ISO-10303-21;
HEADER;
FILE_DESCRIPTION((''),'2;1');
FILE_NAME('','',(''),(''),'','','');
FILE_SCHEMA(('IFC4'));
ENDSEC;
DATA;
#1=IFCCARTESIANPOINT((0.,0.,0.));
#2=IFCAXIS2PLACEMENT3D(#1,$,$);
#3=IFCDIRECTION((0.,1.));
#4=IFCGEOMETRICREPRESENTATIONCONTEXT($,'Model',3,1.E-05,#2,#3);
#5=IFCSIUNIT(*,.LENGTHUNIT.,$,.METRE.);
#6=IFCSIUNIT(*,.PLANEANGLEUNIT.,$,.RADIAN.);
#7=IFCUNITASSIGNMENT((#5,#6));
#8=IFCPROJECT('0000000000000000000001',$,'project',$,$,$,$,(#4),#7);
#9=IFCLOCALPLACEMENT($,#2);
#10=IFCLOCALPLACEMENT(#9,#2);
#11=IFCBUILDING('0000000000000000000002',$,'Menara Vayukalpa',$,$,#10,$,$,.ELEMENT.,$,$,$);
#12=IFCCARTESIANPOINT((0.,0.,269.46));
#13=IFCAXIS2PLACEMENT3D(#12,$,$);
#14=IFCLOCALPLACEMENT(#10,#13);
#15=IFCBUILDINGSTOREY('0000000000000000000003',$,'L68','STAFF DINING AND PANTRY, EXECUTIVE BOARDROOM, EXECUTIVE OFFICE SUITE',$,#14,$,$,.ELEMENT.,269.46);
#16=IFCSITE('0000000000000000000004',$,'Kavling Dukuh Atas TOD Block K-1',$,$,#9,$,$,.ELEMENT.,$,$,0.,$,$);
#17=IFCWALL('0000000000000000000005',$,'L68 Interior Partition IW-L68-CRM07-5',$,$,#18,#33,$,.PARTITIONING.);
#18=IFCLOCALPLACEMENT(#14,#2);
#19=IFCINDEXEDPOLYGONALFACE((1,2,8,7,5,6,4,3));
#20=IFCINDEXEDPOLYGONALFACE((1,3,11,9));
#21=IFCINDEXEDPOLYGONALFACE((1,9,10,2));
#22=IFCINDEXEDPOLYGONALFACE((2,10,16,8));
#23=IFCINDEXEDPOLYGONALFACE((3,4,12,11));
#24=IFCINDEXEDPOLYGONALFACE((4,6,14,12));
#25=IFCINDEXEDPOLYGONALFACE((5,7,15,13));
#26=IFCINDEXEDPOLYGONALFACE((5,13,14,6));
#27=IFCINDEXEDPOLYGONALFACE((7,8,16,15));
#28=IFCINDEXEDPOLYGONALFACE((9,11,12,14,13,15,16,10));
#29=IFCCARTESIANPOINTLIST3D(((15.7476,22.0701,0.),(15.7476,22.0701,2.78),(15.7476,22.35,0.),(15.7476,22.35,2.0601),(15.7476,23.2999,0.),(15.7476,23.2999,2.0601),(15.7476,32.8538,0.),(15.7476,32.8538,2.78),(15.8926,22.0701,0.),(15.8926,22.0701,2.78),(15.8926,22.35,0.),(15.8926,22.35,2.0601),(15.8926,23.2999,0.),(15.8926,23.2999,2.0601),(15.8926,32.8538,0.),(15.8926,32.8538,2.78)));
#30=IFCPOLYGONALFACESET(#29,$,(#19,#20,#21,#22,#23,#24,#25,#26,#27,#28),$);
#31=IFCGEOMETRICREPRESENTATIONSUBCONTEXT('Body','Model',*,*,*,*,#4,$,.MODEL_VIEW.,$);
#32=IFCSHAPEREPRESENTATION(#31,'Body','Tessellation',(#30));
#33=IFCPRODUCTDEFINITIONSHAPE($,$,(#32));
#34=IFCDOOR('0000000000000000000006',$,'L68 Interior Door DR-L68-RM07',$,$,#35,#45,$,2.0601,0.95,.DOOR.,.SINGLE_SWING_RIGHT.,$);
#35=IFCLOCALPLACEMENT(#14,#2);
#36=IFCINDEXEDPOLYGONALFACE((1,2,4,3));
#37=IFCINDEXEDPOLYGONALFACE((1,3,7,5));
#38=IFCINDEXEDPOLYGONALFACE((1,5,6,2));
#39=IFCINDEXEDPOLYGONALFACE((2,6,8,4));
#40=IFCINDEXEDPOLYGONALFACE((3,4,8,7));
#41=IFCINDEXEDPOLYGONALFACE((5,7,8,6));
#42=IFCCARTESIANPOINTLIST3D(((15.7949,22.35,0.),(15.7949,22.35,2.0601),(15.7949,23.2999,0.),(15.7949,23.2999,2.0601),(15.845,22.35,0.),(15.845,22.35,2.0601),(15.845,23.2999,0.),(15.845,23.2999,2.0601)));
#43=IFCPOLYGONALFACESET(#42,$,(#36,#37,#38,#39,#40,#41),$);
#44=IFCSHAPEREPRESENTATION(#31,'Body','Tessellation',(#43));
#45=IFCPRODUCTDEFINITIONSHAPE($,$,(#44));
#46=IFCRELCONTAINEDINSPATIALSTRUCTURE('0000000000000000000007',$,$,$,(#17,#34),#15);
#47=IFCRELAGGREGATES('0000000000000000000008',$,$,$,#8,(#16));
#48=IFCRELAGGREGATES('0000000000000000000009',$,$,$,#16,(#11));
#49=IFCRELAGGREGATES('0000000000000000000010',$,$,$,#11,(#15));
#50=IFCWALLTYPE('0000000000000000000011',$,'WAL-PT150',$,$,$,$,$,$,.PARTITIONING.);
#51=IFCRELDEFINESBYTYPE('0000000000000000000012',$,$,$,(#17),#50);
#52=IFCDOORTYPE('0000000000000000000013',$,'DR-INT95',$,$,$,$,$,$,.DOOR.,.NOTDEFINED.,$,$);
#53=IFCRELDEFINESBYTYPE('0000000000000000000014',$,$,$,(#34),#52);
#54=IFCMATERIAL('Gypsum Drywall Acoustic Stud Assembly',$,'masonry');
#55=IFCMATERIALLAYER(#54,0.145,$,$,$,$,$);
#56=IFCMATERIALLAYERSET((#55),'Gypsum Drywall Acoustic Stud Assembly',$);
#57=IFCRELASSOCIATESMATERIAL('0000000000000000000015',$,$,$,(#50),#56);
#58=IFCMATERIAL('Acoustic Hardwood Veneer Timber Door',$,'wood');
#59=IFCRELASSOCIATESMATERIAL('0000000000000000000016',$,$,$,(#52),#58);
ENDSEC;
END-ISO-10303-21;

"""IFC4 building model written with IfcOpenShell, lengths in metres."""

from ifc_helpers import new_model, si_unit, direction, frame, frame_2d, origin, place, context, subcontext, project, spatial, rectangle, extrude, material, layer, layer_set, type_object, element, fill, save


model = new_model("IFC4")

# Units and contexts
model_context = context("Model", 3, precision=1e-05, world=origin(), true_north=direction((0.0, 1.0)))
body_context = subcontext(model_context, "Body", "Model", "MODEL_VIEW")
ifc_project = project(units=[si_unit("LENGTHUNIT", "METRE"), si_unit("PLANEANGLEUNIT", "RADIAN")], contexts=[model_context])

# Site, building, storey
site_placement = place(None, origin())
site = spatial("IfcSite", under=ifc_project, at=site_placement, Name="Kavling Dukuh Atas TOD Block K-1", CompositionType="ELEMENT", RefElevation=0.0)
building_placement = place(site_placement, origin())
building = spatial("IfcBuilding", under=site, at=building_placement, Name="Menara Vayukalpa", CompositionType="ELEMENT")
storey_placement = place(building_placement, frame((0.0, 0.0, 269.46)))
storey = spatial("IfcBuildingStorey", under=building, at=storey_placement, Name="L68", Description="STAFF DINING AND PANTRY, EXECUTIVE BOARDROOM, EXECUTIVE OFFICE SUITE", CompositionType="ELEMENT", Elevation=269.46)

# Shared definitions
ifc_material_1 = material(Name="Gypsum Drywall Acoustic Stud Assembly", Category="masonry")
ifc_layer_1 = layer(ifc_material_1, 0.145)
ifc_layer_set_1 = layer_set([ifc_layer_1], Name="Gypsum Drywall Acoustic Stud Assembly")
wall_type_1 = type_object("IfcWallType", Name="WAL-PT150", PredefinedType="PARTITIONING", material=ifc_layer_set_1)

# Wall, opening, door
wall_1_placement = place(storey_placement, frame((15.8201, 32.8538, 0.0), z_axis=(0.0, 0.0, 1.0), x_axis=(0.0, -1.0, 0.0)))
wall_1 = element("IfcWall", 1, at=wall_1_placement, inside=storey, type_object=wall_type_1, Name="L68 Interior Partition IW-L68-CRM07-5", PredefinedType="PARTITIONING", context=body_context, shape_type="SweptSolid", body=[
    extrude(rectangle(XDim=10.7837, YDim=0.145, at=frame_2d((5.3918, 0.0))), origin(), (0.0, 0.0, 1.0), 2.78),
])
opening_placement = place(wall_1_placement, frame((9.5537, 0.0, 0.0)))
opening = element("IfcOpeningElement", 2, at=opening_placement, cuts=wall_1, PredefinedType="OPENING", context=body_context, shape_type="SweptSolid", body=[
    extrude(rectangle(XDim=0.95, YDim=2.0601, at=frame_2d((0.4751, 1.03))), frame((0.0, 0.0825, 0.0), z_axis=(0.0, -1.0, 0.0), x_axis=(1.0, 0.0, 0.0)), (0.0, 0.0, 1.0), 0.165),
])
ifc_material_2 = material(Name="Acoustic Hardwood Veneer Timber Door", Category="wood")
door_type = type_object("IfcDoorType", Name="DR-INT95", OperationType="NOTDEFINED", PredefinedType="DOOR", material=ifc_material_2)
door_placement = place(opening_placement, origin())
door = element("IfcDoor", 3, at=door_placement, inside=storey, type_object=door_type, Name="L68 Interior Door DR-L68-RM07", OperationType="SINGLE_SWING_RIGHT", OverallHeight=2.0601, OverallWidth=0.95, PredefinedType="DOOR", context=body_context, shape_type="SweptSolid", body=[
    extrude(rectangle(XDim=0.95, YDim=2.0601, at=frame_2d((0.4751, 1.03))), frame((0.0, 0.0249, 0.0), z_axis=(0.0, -1.0, 0.0), x_axis=(1.0, 0.0, 0.0)), (0.0, 0.0, 1.0), 0.05),
])
fill(opening, door)

save(model, "model.ifc")
